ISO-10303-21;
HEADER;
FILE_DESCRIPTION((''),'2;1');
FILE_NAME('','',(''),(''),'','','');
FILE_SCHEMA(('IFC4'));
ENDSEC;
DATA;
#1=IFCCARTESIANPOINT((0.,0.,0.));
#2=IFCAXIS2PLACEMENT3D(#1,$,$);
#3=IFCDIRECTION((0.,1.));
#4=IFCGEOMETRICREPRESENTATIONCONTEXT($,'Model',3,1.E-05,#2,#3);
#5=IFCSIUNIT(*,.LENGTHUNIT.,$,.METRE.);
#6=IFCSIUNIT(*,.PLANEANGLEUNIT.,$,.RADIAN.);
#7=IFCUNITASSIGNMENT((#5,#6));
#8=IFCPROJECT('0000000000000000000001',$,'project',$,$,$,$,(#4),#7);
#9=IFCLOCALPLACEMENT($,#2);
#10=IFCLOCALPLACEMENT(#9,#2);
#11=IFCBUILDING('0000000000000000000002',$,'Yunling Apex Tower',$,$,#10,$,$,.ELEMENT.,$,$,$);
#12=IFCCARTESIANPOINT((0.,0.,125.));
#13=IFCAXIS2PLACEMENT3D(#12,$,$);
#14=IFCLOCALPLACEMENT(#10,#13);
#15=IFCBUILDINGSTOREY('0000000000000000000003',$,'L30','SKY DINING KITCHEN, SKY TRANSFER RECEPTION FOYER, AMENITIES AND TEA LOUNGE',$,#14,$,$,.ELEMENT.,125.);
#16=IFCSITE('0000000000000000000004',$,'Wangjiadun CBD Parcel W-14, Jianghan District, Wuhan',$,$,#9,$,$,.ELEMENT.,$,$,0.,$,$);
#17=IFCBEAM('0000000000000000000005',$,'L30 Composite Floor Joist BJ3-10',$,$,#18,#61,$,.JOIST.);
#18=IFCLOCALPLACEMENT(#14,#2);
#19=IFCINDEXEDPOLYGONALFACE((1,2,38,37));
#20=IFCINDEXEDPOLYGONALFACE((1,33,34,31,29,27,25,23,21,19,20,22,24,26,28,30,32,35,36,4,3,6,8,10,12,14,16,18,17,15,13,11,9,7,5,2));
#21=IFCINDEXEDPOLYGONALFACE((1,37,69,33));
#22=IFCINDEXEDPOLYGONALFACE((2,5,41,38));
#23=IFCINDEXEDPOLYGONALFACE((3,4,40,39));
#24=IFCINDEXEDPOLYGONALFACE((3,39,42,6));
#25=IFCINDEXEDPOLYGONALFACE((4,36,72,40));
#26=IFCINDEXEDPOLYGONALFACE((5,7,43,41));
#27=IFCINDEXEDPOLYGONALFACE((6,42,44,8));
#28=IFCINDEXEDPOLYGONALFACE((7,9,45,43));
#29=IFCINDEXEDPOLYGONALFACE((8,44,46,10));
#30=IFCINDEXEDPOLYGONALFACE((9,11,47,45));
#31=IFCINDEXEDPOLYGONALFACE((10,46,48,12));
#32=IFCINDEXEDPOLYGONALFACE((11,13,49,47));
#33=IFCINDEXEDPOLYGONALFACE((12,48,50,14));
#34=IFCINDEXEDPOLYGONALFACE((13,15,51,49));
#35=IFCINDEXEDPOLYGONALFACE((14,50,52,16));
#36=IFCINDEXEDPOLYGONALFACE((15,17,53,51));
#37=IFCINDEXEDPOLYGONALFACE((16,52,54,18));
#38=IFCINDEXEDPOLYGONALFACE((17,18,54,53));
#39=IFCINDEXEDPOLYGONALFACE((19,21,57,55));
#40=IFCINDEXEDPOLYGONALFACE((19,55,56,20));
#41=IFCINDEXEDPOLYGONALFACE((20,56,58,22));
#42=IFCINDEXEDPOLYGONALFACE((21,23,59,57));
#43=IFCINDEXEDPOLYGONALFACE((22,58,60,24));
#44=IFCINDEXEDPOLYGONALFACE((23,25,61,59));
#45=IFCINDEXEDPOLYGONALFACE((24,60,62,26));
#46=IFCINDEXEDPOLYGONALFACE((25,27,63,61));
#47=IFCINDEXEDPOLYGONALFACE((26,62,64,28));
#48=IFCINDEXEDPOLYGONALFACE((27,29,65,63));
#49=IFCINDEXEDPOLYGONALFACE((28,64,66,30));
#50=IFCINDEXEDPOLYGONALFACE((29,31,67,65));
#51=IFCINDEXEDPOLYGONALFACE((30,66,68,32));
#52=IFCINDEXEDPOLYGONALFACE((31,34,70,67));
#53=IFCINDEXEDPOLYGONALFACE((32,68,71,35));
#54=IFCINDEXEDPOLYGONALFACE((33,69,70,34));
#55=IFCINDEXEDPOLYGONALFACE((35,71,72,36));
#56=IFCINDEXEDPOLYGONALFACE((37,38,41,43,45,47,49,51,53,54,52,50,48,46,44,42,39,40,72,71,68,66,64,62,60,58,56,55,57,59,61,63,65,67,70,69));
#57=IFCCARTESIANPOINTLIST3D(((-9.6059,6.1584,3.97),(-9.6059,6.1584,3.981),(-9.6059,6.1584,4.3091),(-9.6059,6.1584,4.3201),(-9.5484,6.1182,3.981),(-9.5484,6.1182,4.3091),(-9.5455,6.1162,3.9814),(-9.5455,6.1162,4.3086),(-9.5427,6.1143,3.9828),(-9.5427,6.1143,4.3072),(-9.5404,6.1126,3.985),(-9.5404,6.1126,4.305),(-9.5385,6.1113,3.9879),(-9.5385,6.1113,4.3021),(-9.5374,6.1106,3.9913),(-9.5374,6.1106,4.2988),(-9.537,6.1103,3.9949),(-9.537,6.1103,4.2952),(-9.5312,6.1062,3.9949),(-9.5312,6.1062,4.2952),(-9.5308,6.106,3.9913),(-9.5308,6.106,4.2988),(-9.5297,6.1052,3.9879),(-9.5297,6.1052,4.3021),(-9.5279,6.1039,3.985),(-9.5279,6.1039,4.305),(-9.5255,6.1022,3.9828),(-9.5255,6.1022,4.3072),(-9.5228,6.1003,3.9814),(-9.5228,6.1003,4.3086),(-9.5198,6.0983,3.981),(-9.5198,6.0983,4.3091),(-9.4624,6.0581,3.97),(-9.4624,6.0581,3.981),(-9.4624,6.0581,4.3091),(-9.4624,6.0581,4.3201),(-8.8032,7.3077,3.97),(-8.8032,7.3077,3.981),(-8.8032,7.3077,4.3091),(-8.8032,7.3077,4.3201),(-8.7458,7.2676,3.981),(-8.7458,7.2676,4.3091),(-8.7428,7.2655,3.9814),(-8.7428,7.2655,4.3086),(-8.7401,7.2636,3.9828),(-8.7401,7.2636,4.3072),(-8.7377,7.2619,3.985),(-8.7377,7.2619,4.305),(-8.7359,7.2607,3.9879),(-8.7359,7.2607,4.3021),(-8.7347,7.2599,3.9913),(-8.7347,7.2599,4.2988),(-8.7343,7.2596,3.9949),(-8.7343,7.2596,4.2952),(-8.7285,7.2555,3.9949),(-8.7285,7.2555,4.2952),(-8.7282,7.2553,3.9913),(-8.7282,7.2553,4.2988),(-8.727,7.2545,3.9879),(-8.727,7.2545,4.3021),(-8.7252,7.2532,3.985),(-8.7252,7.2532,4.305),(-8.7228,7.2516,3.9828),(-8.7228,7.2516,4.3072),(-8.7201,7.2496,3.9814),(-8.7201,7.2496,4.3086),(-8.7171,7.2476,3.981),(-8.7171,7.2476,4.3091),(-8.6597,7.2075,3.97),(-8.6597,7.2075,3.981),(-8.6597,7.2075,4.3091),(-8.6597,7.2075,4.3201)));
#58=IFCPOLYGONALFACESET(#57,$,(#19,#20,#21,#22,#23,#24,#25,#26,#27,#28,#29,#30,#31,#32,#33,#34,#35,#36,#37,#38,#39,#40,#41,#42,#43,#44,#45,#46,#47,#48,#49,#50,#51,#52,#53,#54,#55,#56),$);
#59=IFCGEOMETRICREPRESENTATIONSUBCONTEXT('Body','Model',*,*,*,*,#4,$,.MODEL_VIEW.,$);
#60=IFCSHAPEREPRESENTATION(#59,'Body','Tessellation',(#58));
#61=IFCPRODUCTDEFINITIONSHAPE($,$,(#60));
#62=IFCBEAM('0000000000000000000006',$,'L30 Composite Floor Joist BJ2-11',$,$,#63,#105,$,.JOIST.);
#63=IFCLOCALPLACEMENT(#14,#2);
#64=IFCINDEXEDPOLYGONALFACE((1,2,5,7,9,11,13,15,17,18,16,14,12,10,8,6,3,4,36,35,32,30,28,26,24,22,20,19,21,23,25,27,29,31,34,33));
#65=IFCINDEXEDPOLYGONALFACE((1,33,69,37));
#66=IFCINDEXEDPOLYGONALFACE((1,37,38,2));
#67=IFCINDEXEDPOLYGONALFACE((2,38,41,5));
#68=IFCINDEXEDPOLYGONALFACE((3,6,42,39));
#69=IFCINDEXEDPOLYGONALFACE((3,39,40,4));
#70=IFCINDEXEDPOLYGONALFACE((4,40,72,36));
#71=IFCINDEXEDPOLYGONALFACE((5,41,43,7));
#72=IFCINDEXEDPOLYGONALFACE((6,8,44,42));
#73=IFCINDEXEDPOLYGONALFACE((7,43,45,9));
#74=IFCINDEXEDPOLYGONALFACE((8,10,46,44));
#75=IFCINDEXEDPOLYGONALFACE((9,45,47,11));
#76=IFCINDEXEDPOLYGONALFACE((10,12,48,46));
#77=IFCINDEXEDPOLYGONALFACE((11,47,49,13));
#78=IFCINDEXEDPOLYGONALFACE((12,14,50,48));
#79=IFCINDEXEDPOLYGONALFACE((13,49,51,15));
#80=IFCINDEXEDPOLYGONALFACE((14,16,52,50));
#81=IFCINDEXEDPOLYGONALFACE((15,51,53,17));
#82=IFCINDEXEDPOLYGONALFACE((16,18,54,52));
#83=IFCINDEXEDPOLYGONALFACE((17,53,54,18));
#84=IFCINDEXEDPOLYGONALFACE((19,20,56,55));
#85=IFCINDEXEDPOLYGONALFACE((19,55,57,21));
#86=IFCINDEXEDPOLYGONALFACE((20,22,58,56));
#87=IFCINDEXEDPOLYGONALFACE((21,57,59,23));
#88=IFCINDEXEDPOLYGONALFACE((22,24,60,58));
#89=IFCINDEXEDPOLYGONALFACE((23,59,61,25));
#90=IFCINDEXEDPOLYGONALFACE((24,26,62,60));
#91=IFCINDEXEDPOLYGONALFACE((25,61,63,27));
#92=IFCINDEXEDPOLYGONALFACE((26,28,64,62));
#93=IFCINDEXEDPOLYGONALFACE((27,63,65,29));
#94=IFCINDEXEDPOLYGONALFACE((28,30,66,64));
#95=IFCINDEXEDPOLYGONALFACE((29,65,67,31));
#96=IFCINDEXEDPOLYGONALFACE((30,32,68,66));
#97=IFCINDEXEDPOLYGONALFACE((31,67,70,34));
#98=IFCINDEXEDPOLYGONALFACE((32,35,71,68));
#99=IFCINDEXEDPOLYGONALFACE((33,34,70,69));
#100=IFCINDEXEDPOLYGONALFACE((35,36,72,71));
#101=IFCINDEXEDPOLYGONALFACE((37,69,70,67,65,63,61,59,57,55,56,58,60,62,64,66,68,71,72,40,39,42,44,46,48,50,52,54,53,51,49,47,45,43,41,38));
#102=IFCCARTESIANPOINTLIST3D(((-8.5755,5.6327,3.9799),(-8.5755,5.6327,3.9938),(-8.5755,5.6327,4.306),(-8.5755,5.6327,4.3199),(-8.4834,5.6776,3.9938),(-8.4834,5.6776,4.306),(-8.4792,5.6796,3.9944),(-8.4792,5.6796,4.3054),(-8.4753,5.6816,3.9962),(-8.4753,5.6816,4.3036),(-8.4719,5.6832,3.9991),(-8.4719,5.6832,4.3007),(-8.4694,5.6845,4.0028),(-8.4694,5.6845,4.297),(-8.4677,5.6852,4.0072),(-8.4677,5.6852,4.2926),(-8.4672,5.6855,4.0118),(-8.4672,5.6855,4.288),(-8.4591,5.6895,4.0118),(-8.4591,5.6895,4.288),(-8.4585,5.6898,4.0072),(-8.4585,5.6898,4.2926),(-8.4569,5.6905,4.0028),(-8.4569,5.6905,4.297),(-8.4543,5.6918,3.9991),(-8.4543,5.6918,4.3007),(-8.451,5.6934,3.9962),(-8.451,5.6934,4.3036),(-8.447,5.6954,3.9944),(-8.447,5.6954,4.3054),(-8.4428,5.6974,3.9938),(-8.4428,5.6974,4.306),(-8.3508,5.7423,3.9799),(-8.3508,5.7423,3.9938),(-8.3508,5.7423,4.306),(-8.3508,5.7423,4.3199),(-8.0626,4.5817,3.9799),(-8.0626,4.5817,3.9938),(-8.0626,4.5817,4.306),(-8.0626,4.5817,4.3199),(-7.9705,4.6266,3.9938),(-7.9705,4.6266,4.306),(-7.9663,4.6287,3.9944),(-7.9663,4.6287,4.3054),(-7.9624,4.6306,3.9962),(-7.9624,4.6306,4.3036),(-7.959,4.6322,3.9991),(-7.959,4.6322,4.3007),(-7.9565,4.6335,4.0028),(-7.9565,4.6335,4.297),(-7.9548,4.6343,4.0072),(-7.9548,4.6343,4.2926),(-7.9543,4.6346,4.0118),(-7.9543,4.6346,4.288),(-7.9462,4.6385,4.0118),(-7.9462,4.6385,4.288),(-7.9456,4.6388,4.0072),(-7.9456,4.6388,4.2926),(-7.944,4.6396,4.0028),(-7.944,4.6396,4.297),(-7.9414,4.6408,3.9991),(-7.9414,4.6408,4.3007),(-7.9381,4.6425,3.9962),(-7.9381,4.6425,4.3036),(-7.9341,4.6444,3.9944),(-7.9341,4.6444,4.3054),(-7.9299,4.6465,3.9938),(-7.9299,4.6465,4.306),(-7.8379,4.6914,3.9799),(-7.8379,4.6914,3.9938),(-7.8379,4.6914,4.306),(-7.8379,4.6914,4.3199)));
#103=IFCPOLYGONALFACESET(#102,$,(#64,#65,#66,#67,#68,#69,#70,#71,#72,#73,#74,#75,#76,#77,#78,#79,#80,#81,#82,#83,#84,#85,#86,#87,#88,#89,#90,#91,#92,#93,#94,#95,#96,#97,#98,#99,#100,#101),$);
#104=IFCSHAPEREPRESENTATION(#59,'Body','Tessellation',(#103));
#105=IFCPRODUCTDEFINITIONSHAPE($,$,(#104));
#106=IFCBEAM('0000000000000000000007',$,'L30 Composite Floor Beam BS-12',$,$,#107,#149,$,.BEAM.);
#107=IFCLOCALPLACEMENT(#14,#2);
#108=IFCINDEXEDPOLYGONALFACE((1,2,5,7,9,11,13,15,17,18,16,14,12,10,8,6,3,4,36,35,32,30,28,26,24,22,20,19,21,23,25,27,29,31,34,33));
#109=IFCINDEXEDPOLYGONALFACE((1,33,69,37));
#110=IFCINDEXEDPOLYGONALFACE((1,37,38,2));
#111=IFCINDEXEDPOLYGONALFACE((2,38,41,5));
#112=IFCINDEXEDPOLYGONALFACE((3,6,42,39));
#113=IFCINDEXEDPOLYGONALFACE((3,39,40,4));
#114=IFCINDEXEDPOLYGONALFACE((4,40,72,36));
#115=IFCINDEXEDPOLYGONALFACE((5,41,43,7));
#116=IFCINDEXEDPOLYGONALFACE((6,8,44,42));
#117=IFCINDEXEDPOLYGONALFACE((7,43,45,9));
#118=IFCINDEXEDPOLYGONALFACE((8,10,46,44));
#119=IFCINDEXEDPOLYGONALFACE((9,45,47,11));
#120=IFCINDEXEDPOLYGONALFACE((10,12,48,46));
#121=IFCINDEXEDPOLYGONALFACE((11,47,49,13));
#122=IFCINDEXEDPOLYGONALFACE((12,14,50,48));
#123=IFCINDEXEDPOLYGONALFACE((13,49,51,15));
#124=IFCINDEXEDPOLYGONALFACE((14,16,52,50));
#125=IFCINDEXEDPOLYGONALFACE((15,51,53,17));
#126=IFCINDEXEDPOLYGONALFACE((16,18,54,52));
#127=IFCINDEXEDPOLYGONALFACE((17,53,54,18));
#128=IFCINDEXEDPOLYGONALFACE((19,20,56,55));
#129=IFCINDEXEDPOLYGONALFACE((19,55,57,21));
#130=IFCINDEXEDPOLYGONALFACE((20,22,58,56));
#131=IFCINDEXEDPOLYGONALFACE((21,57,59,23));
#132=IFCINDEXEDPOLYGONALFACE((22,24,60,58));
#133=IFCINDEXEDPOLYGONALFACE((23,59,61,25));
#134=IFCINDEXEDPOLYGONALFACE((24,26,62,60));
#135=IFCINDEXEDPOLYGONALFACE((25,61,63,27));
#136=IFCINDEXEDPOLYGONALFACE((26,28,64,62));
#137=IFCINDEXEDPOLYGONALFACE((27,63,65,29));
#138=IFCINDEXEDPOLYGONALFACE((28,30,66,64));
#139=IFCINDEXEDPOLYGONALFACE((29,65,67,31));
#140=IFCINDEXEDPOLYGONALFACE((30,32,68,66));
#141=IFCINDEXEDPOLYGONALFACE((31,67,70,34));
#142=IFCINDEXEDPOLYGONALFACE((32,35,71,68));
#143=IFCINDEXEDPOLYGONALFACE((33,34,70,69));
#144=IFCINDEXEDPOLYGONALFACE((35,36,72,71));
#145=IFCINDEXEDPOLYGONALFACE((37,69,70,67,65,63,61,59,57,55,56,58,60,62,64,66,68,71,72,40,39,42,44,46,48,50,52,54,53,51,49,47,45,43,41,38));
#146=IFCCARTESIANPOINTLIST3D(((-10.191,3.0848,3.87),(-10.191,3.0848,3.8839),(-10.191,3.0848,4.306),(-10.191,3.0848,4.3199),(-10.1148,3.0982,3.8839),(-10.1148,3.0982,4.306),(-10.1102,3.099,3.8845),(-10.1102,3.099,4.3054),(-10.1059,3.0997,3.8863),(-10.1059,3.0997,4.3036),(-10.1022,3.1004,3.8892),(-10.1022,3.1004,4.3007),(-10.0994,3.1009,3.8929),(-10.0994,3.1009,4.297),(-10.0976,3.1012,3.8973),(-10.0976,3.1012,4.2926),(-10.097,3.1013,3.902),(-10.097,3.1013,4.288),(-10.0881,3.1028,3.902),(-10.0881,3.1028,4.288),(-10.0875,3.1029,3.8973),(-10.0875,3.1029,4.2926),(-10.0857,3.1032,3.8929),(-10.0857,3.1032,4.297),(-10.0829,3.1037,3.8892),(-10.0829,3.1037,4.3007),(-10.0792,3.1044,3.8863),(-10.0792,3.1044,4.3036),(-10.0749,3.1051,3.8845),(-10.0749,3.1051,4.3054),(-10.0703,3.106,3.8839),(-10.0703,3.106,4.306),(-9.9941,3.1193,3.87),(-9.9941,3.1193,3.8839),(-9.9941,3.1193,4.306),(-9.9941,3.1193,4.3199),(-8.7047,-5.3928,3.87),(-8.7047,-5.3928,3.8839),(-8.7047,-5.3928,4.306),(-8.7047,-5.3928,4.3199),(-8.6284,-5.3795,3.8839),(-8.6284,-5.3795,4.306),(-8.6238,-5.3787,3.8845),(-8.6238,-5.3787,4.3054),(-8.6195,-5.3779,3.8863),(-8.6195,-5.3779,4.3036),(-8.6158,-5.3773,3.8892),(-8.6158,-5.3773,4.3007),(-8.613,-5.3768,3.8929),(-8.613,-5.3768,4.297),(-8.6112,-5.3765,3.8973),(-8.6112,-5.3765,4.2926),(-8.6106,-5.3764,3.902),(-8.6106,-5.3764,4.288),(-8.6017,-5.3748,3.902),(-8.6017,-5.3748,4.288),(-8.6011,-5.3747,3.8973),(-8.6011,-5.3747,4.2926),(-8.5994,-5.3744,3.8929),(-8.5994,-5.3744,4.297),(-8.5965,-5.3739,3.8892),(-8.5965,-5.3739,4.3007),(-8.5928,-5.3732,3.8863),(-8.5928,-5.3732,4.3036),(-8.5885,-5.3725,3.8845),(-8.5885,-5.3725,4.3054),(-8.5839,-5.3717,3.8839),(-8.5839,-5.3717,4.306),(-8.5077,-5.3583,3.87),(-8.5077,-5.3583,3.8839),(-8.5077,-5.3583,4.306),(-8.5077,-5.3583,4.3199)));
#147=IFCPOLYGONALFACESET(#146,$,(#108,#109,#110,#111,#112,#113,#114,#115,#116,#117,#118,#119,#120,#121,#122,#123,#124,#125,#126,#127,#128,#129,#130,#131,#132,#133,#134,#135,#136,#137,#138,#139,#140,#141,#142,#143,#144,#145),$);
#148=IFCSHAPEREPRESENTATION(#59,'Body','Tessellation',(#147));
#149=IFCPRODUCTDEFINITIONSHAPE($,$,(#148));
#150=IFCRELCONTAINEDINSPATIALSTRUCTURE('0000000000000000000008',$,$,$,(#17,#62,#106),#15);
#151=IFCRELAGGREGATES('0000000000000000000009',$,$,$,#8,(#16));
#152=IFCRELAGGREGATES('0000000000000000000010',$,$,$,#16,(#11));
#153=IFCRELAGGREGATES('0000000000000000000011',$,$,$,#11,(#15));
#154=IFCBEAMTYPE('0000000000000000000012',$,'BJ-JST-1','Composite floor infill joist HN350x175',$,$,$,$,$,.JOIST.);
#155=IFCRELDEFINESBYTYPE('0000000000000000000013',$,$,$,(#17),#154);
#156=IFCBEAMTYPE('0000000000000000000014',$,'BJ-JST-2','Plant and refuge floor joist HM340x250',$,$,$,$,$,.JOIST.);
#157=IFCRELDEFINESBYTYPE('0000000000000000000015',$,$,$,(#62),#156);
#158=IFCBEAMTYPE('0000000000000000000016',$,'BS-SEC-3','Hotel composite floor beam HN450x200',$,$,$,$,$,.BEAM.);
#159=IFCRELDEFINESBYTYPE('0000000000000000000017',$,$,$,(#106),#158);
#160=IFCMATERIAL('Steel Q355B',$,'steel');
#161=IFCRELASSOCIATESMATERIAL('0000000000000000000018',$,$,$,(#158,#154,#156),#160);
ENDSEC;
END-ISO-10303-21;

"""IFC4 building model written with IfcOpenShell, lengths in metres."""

from ifc_helpers import new_model, si_unit, direction, frame, origin, origin_2d, place, context, subcontext, project, spatial, i_section, extrude, source, transform, mapped, material, material_profile, profile_set, type_object, element, save


model = new_model("IFC4")

# Units and contexts
model_context = context("Model", 3, precision=1e-05, world=origin(), true_north=direction((0.0, 1.0)))
body_context = subcontext(model_context, "Body", "Model", "MODEL_VIEW")
ifc_project = project(units=[si_unit("LENGTHUNIT", "METRE"), si_unit("PLANEANGLEUNIT", "RADIAN")], contexts=[model_context])

# Site, building, storey
site_placement = place(None, origin())
site = spatial("IfcSite", under=ifc_project, at=site_placement, Name="Wangjiadun CBD Parcel W-14, Jianghan District, Wuhan", CompositionType="ELEMENT", RefElevation=0.0)
building_placement = place(site_placement, origin())
building = spatial("IfcBuilding", under=site, at=building_placement, Name="Yunling Apex Tower", CompositionType="ELEMENT")
storey_placement = place(building_placement, frame((0.0, 0.0, 125.0)))
storey = spatial("IfcBuildingStorey", under=building, at=storey_placement, Name="L30", Description="SKY DINING KITCHEN, SKY TRANSFER RECEPTION FOYER, AMENITIES AND TEA LOUNGE", CompositionType="ELEMENT", Elevation=125.0)

# Beams
ifc_material_1 = material(Name="Steel Q355B", Category="steel")
ifc_material_profile_1 = material_profile(ifc_material_1, i_section(OverallWidth=0.2, OverallDepth=0.45, WebThickness=0.009, FlangeThickness=0.0139, FilletRadius=0.0181, at=origin_2d()))
ifc_profile_set_1 = profile_set([ifc_material_profile_1], Name="Steel Q355B")
beam_type_1 = type_object("IfcBeamType", Name="BS-SEC-3", Description="Hotel composite floor beam HN450x200", PredefinedType="BEAM", material=ifc_profile_set_1)
ifc_material_profile_2 = material_profile(ifc_material_1, i_section(OverallWidth=0.175, OverallDepth=0.3501, WebThickness=0.0071, FlangeThickness=0.011, FilletRadius=0.0139, at=origin_2d()))
ifc_profile_set_2 = profile_set([ifc_material_profile_2], Name="Steel Q355B")
beam_type_2 = type_object("IfcBeamType", Name="BJ-JST-1", Description="Composite floor infill joist HN350x175", PredefinedType="JOIST", material=ifc_profile_set_2)
ifc_material_profile_3 = material_profile(ifc_material_1, i_section(OverallWidth=0.25, OverallDepth=0.3401, WebThickness=0.009, FlangeThickness=0.0139, FilletRadius=0.0181, at=origin_2d()))
ifc_profile_set_3 = profile_set([ifc_material_profile_3], Name="Steel Q355B")
beam_type_3 = type_object("IfcBeamType", Name="BJ-JST-2", Description="Plant and refuge floor joist HM340x250", PredefinedType="JOIST", material=ifc_profile_set_3)
shared_shape_1 = source(origin(), body_context, "Body", "SweptSolid", [
    extrude(i_section(OverallWidth=0.175, OverallDepth=0.3501, WebThickness=0.0071, FlangeThickness=0.011, FilletRadius=0.0139, at=origin_2d()), origin(), (0.0, 0.0, 1.0), 1.4019),
])
beam_1_placement = place(storey_placement, frame((-8.7314, 7.2576, 4.145), z_axis=(-0.572574, -0.819853, 0.0), x_axis=(0.819853, -0.572574, 0.0)))
element("IfcBeam", 1, at=beam_1_placement, inside=storey, type_object=beam_type_2, Name="L30 Composite Floor Joist BJ3-10", PredefinedType="JOIST", context=body_context, shape_type="MappedRepresentation", body=[
    mapped(shared_shape_1, transform((0.0, 0.0, 0.0), scale=1.0)),
])
shared_shape_2 = source(origin(), body_context, "Body", "SweptSolid", [
    extrude(i_section(OverallWidth=0.25, OverallDepth=0.3401, WebThickness=0.009, FlangeThickness=0.0139, FilletRadius=0.0181, at=origin_2d()), origin(), (0.0, 0.0, 1.0), 1.1694),
])
beam_2_placement = place(storey_placement, frame((-8.4631, 5.6875, 4.1499), z_axis=(0.438592, -0.898686, 0.0), x_axis=(0.898686, 0.438592, 0.0)))
element("IfcBeam", 2, at=beam_2_placement, inside=storey, type_object=beam_type_3, Name="L30 Composite Floor Joist BJ2-11", PredefinedType="JOIST", context=body_context, shape_type="MappedRepresentation", body=[
    mapped(shared_shape_2, transform((0.0, 0.0, 0.0), scale=1.0)),
])
shared_shape_3 = source(origin(), body_context, "Body", "SweptSolid", [
    extrude(i_section(OverallWidth=0.2, OverallDepth=0.45, WebThickness=0.009, FlangeThickness=0.0139, FilletRadius=0.0181, at=origin_2d()), origin(), (0.0, 0.0, 1.0), 8.6069),
])
beam_3_placement = place(storey_placement, frame((-10.0925, 3.1021, 4.095), z_axis=(0.172691, -0.984976, 0.0), x_axis=(0.984976, 0.172691, 0.0)))
element("IfcBeam", 3, at=beam_3_placement, inside=storey, type_object=beam_type_1, Name="L30 Composite Floor Beam BS-12", PredefinedType="BEAM", context=body_context, shape_type="MappedRepresentation", body=[
    mapped(shared_shape_3, transform((0.0, 0.0, 0.0), scale=1.0)),
])

save(model, "model.ifc")
